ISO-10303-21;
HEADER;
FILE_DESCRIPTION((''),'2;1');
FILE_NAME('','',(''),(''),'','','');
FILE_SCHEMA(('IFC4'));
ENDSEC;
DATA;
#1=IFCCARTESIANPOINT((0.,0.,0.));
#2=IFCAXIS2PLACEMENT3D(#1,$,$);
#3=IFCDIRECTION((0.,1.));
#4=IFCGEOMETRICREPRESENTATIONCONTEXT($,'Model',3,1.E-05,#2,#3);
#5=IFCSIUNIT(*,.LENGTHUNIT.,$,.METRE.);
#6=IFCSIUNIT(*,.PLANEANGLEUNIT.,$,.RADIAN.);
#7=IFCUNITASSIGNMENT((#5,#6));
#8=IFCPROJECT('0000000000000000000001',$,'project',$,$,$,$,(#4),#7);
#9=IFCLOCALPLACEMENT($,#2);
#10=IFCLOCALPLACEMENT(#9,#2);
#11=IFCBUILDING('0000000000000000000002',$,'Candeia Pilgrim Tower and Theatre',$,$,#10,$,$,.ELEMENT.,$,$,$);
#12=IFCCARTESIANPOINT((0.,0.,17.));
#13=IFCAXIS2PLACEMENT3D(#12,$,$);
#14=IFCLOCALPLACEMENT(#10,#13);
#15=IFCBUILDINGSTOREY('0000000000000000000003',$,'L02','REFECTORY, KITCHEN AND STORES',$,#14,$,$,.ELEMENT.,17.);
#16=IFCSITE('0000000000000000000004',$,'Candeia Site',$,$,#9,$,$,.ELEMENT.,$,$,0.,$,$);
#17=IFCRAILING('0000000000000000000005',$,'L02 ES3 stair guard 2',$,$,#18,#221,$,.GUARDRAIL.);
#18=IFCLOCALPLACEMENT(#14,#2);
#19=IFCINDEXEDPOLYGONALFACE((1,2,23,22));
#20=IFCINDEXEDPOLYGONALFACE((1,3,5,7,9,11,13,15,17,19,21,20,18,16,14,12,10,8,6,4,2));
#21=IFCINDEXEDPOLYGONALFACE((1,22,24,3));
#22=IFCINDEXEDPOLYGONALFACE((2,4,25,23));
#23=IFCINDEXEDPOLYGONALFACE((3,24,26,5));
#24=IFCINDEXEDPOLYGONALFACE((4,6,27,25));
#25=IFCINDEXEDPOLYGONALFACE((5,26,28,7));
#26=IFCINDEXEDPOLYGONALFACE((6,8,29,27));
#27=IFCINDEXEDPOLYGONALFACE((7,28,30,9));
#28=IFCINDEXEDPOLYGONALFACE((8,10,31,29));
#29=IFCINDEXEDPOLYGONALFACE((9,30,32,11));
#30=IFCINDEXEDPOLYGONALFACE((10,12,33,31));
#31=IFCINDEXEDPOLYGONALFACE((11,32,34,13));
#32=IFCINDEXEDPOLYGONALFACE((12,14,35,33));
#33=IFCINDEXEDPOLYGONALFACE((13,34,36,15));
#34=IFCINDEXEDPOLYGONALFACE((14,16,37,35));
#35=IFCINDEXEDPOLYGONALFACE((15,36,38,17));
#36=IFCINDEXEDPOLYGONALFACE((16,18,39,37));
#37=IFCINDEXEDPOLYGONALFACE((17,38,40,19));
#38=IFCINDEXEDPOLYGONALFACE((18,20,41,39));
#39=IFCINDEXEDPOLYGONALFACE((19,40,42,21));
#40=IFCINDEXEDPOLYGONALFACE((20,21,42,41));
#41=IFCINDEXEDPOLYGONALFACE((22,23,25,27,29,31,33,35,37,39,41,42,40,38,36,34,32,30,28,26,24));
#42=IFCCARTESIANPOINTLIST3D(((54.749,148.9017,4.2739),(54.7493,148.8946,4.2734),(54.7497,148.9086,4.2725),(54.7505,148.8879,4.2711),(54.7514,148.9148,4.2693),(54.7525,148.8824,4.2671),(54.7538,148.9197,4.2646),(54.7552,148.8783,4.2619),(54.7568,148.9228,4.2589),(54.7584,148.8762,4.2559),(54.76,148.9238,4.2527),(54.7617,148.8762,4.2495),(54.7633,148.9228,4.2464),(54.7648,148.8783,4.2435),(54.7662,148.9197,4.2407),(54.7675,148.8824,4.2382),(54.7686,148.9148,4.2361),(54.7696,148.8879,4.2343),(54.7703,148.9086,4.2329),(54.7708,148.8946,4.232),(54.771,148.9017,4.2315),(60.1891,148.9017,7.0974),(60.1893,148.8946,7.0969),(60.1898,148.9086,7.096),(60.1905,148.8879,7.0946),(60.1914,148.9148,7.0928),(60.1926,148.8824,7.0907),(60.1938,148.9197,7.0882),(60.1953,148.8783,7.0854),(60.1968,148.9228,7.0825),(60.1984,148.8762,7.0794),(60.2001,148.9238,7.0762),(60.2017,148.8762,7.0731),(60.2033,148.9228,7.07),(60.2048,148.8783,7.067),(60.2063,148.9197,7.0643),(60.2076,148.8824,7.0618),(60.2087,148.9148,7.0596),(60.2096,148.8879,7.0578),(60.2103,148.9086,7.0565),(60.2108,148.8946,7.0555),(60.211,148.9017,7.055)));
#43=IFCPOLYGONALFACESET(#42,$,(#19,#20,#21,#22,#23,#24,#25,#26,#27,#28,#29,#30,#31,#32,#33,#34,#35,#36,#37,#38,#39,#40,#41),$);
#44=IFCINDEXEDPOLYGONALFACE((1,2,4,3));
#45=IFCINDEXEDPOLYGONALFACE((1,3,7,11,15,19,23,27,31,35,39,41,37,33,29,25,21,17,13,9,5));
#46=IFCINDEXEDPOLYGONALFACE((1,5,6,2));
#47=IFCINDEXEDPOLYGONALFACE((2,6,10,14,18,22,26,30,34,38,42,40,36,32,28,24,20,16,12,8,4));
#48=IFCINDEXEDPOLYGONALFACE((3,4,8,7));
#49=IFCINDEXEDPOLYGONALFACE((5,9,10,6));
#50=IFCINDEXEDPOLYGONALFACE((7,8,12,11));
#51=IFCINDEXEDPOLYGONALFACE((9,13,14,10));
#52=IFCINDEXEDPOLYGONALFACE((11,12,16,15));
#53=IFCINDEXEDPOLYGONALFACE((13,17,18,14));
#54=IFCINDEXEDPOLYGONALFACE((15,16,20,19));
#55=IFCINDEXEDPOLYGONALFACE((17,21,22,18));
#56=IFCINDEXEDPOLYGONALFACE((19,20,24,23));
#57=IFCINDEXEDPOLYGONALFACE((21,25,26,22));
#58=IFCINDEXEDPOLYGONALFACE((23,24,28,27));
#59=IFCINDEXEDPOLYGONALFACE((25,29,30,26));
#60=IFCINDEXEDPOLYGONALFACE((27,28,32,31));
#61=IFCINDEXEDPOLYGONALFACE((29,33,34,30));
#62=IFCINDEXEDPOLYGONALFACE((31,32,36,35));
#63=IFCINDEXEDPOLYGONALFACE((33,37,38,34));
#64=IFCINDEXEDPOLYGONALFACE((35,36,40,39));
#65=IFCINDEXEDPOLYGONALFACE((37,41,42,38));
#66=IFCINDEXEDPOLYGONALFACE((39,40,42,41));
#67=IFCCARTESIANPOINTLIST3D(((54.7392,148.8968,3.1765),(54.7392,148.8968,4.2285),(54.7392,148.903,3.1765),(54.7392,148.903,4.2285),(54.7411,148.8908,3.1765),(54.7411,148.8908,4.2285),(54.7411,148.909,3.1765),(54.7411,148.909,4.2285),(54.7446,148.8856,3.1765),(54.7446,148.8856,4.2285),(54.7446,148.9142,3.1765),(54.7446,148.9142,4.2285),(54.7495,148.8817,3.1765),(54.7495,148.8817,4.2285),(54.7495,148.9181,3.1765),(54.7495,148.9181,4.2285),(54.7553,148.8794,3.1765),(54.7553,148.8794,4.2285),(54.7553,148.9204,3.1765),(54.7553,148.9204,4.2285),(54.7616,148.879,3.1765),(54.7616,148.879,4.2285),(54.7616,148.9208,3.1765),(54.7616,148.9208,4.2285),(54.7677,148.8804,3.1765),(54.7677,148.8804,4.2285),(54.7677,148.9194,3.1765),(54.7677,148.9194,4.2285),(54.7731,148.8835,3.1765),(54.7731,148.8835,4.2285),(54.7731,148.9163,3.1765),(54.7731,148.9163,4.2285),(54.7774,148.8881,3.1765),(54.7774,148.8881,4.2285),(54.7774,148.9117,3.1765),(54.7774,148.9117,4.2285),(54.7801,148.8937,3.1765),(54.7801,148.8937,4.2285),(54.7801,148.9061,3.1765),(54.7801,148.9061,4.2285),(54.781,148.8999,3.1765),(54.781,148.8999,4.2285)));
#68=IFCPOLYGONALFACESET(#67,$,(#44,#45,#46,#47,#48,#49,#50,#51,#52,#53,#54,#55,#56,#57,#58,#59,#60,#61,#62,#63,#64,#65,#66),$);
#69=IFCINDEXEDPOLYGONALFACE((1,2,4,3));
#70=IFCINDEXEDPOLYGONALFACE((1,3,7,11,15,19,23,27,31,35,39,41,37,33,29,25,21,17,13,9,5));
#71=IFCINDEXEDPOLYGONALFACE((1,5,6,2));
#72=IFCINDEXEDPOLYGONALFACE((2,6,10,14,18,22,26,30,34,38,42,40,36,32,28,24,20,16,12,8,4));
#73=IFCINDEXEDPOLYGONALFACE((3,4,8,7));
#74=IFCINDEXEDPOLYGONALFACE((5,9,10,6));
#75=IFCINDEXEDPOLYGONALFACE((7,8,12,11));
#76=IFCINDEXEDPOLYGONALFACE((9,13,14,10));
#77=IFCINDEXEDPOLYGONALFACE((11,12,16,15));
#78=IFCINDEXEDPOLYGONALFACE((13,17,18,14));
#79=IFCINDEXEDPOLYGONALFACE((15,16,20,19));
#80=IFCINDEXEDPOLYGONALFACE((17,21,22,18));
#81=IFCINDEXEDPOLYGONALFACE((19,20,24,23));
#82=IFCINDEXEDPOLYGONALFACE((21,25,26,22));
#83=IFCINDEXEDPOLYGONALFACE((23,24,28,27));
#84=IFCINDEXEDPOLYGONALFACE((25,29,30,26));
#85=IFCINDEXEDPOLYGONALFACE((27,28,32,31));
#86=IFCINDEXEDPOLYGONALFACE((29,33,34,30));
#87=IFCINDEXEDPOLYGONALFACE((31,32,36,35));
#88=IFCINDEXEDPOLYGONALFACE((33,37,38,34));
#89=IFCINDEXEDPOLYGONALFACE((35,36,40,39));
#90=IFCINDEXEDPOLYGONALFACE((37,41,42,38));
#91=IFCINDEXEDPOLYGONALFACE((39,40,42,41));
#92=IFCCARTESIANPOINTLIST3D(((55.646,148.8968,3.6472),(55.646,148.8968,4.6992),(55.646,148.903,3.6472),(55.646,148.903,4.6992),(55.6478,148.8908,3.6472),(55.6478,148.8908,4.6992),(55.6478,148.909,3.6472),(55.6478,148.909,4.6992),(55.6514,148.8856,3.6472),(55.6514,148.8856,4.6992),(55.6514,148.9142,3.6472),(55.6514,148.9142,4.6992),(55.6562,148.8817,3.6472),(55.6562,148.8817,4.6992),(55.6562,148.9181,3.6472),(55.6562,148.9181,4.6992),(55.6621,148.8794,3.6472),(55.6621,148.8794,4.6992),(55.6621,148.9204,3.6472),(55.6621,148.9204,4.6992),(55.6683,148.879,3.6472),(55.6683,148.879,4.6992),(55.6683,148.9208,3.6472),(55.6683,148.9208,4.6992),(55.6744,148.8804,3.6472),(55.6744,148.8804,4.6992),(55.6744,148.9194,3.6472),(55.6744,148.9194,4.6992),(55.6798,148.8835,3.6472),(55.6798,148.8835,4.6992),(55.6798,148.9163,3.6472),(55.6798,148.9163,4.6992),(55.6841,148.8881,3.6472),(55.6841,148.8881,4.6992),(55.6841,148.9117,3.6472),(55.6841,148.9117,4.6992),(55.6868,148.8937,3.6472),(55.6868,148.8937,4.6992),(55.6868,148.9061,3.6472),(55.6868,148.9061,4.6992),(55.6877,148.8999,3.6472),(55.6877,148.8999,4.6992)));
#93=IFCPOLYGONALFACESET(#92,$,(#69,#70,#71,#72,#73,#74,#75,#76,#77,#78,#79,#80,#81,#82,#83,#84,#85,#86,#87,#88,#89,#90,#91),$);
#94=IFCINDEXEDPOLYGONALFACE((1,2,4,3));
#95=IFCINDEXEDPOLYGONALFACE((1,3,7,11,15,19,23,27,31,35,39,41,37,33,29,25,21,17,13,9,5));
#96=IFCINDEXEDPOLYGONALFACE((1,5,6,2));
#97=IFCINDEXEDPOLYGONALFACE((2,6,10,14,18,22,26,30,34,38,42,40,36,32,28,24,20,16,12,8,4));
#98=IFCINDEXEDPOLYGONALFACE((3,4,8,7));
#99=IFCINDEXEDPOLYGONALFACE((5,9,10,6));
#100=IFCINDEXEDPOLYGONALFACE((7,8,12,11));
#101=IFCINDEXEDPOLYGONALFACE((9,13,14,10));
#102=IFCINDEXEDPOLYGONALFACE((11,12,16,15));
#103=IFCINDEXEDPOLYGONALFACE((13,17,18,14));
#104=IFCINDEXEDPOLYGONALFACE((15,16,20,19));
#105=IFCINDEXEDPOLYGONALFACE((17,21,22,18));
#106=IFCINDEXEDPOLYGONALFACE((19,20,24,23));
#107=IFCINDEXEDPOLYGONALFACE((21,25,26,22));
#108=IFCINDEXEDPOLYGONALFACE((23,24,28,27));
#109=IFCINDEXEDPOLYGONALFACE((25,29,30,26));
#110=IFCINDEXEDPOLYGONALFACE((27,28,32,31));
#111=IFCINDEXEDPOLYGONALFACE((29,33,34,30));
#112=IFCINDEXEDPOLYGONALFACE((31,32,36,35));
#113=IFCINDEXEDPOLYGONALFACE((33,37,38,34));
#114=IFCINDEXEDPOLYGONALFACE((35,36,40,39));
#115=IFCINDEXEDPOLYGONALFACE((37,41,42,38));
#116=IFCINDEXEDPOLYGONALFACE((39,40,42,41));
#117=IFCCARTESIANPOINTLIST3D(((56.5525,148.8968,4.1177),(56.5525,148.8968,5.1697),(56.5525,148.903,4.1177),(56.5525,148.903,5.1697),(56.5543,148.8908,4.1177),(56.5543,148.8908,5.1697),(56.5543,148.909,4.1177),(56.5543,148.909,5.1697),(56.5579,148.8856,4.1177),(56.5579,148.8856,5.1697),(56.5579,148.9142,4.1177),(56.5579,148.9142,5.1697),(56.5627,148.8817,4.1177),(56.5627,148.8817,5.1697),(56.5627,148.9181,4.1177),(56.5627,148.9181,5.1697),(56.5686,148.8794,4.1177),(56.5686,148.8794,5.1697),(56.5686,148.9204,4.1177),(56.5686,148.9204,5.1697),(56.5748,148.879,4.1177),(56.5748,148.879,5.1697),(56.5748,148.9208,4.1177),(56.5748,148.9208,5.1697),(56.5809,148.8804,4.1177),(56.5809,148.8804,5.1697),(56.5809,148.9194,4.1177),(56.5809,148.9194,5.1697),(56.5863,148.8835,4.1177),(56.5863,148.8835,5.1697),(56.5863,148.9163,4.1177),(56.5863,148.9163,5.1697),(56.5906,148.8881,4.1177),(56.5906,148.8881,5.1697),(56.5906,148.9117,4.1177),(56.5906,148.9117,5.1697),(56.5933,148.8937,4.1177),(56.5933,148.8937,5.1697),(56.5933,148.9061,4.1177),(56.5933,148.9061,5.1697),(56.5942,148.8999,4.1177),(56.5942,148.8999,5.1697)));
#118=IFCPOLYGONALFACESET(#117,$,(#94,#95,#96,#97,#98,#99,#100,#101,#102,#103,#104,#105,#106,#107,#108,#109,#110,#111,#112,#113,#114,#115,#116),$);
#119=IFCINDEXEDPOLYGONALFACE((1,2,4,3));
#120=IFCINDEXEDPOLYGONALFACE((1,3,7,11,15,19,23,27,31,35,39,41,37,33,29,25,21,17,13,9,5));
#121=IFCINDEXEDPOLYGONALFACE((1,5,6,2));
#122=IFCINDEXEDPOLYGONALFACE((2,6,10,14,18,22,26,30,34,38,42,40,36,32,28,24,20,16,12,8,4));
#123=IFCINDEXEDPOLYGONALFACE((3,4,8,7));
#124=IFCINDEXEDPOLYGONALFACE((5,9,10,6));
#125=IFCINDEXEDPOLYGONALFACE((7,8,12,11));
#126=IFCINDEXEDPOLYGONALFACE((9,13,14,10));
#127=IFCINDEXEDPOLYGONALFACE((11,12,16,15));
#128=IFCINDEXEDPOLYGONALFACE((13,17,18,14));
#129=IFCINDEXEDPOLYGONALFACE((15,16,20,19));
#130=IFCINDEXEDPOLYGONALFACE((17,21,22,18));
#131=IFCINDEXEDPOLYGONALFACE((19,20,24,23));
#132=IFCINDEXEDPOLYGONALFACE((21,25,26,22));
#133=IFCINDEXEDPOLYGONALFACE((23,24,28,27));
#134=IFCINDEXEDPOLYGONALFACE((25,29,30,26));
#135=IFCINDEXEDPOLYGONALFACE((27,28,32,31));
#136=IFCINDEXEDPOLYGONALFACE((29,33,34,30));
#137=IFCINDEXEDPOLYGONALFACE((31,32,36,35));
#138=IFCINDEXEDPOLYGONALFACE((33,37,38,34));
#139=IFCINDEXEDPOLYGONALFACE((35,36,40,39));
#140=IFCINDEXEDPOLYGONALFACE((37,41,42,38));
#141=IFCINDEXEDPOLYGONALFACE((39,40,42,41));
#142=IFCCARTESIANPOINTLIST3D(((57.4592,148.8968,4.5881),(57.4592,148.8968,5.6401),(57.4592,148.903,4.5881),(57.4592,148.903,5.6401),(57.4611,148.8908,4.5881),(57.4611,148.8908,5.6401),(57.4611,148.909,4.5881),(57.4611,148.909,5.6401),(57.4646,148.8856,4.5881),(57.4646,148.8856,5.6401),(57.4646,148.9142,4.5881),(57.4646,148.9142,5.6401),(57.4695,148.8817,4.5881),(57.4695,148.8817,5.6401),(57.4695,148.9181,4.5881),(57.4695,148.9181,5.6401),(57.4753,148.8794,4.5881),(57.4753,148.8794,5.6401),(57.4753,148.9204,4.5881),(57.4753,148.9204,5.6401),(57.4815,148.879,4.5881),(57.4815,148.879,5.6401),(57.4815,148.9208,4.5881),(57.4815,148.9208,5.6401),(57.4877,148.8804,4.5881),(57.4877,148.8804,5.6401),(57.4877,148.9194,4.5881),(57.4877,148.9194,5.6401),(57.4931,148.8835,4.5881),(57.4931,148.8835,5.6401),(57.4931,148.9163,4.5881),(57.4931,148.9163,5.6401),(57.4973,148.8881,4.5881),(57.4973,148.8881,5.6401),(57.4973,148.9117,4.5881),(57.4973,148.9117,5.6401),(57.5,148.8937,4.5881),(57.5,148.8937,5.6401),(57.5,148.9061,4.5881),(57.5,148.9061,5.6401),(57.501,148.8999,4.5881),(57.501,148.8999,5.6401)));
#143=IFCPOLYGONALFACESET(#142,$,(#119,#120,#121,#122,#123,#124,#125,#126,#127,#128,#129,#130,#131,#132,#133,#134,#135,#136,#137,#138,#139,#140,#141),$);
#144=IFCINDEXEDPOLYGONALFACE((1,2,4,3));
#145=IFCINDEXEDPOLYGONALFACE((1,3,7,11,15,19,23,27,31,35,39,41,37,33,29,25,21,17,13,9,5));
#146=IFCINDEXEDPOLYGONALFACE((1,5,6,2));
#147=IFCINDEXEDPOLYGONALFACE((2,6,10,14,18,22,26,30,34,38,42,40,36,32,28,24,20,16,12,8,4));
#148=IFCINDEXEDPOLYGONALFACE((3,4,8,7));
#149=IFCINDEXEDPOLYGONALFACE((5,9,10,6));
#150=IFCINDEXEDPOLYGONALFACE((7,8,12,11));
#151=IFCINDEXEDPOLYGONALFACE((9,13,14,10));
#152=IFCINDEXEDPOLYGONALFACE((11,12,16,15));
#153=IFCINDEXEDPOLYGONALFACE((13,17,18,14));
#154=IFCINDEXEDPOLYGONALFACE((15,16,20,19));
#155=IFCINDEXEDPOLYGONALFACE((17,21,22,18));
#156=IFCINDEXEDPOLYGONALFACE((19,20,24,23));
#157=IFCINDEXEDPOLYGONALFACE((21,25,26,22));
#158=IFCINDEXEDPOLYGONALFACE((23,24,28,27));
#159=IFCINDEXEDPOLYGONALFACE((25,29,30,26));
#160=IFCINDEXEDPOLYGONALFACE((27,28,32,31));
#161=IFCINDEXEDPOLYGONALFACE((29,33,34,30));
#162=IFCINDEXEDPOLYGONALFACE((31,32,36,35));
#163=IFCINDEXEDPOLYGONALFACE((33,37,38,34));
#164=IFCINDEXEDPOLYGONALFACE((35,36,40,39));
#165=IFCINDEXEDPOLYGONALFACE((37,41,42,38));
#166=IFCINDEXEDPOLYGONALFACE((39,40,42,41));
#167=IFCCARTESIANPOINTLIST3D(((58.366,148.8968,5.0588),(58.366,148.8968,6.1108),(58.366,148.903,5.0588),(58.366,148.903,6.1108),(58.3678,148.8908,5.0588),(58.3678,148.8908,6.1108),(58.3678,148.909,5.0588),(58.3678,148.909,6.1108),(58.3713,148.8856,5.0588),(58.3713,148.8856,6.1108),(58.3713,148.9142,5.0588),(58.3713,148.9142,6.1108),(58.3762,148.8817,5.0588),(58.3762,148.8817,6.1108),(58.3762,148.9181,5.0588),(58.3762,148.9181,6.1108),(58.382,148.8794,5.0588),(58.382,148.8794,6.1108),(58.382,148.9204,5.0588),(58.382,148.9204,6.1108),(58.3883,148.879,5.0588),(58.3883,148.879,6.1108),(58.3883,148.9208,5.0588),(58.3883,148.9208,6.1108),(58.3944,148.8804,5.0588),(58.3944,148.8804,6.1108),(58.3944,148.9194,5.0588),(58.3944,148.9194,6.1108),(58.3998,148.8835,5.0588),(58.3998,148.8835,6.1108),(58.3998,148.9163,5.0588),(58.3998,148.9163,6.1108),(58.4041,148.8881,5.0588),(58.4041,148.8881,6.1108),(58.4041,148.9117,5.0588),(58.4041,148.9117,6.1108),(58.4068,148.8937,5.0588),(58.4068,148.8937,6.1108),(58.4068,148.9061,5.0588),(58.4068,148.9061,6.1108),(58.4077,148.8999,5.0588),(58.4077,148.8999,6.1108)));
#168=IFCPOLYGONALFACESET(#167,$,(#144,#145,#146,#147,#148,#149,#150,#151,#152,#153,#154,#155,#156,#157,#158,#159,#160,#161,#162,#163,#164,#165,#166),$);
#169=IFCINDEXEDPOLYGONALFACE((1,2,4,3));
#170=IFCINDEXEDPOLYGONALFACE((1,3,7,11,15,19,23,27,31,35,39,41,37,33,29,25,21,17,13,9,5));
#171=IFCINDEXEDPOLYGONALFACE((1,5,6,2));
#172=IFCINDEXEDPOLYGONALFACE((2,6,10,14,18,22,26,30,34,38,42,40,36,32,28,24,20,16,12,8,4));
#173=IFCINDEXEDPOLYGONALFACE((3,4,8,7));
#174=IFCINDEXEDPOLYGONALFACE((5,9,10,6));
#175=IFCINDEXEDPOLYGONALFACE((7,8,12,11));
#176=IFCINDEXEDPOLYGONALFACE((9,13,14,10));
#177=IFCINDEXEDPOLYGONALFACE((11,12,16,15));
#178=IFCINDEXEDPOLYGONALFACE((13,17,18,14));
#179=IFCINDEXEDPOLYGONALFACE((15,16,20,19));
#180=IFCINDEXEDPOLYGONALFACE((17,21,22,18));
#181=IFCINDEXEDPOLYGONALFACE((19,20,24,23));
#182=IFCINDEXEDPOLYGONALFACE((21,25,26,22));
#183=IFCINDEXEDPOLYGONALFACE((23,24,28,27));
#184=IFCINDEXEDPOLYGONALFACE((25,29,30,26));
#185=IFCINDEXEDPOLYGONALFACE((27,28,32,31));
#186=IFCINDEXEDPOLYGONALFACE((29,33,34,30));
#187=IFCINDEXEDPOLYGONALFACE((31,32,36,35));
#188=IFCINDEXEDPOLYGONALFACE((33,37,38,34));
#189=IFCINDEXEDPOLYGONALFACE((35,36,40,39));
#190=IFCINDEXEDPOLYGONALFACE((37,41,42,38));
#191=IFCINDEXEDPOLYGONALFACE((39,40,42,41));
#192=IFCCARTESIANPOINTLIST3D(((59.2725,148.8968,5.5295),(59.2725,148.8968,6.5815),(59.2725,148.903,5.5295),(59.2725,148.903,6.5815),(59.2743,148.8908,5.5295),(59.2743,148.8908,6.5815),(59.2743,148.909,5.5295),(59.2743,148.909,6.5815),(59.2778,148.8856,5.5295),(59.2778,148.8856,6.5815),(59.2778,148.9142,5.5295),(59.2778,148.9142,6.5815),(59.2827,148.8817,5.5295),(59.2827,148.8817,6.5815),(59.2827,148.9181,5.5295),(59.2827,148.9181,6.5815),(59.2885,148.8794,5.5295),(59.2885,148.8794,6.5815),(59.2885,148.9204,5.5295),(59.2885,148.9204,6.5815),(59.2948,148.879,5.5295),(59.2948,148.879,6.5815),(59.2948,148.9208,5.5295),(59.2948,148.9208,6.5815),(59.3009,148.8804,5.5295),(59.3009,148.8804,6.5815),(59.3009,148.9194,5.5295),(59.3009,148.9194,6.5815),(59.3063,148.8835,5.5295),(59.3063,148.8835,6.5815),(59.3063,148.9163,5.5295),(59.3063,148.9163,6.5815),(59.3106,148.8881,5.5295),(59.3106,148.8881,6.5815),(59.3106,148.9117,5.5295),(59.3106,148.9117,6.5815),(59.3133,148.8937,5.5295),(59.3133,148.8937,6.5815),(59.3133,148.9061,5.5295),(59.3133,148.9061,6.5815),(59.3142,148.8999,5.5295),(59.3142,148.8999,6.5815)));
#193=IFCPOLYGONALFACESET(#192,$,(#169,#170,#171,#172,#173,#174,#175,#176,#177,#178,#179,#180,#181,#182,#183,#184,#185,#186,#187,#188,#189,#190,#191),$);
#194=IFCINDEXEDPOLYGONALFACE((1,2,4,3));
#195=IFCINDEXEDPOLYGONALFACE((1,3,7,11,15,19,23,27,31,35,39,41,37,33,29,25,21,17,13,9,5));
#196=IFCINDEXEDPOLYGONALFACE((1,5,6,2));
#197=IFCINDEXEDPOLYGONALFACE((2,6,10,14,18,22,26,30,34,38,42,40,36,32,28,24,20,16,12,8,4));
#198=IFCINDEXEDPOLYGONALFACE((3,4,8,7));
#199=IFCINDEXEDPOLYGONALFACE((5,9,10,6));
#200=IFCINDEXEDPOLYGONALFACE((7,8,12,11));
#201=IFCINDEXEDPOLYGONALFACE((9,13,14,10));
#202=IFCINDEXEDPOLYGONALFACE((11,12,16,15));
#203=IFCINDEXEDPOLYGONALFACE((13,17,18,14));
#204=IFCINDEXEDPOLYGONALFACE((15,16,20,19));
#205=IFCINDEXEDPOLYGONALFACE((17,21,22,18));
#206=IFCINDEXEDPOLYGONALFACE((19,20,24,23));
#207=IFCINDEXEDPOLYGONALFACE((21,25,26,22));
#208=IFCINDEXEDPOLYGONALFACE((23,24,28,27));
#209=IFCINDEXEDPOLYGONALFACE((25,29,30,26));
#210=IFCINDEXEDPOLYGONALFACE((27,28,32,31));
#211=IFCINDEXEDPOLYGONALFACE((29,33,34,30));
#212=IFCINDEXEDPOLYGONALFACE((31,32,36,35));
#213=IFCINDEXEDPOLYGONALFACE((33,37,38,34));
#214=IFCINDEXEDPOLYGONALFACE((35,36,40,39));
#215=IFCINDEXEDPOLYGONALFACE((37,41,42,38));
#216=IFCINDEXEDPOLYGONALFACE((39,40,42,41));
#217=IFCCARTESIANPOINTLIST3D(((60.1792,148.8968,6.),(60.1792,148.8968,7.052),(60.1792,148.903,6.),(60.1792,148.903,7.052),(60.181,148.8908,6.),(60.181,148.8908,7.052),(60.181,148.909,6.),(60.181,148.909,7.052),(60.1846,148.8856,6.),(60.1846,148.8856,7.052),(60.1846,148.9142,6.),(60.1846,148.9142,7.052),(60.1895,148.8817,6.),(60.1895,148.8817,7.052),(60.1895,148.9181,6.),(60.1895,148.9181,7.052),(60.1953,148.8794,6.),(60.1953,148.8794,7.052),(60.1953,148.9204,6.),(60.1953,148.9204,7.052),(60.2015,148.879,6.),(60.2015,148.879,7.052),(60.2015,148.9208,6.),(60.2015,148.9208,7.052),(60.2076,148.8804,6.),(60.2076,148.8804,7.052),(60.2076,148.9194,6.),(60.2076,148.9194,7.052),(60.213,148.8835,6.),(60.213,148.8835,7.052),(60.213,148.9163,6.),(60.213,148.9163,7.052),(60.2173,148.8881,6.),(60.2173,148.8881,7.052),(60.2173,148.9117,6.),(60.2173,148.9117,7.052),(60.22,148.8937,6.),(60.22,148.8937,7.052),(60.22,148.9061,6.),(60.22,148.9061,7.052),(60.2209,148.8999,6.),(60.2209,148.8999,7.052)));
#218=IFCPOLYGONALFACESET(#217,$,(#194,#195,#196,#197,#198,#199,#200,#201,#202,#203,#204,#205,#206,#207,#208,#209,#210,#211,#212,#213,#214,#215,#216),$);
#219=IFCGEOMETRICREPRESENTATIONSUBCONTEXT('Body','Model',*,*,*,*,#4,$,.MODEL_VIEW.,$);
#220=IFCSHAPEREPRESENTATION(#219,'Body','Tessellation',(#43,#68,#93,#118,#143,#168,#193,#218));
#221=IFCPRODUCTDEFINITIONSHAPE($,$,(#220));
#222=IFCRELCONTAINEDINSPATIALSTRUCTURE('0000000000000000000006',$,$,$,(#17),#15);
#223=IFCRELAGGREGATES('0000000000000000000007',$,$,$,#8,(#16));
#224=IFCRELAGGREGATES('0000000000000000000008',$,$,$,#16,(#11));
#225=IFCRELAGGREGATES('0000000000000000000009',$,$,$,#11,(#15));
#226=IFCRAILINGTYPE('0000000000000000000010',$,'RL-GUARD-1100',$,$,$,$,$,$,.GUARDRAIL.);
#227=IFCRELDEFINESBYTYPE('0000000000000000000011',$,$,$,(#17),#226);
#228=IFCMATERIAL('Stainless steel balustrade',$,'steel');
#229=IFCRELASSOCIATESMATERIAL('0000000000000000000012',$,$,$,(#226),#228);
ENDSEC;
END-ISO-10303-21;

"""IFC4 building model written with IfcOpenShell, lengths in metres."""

from ifc_helpers import new_model, si_unit, direction, frame, origin, origin_2d, place, context, subcontext, project, spatial, circle, extrude, material, type_object, element, save


model = new_model("IFC4")

# Units and contexts
model_context = context("Model", 3, precision=1e-05, world=origin(), true_north=direction((0.0, 1.0)))
body_context = subcontext(model_context, "Body", "Model", "MODEL_VIEW")
ifc_project = project(units=[si_unit("LENGTHUNIT", "METRE"), si_unit("PLANEANGLEUNIT", "RADIAN")], contexts=[model_context])

# Site, building, storey
site_placement = place(None, origin())
site = spatial("IfcSite", under=ifc_project, at=site_placement, Name="Candeia Site", CompositionType="ELEMENT", RefElevation=0.0)
building_placement = place(site_placement, origin())
building = spatial("IfcBuilding", under=site, at=building_placement, Name="Candeia Pilgrim Tower and Theatre", CompositionType="ELEMENT")
storey_placement = place(building_placement, frame((0.0, 0.0, 17.0)))
storey = spatial("IfcBuildingStorey", under=building, at=storey_placement, Name="L02", Description="REFECTORY, KITCHEN AND STORES", CompositionType="ELEMENT", Elevation=17.0)

# Railing
ifc_material_1 = material(Name="Stainless steel balustrade", Category="steel")
railing_type_1 = type_object("IfcRailingType", Name="RL-GUARD-1100", PredefinedType="GUARDRAIL", material=ifc_material_1)
railing_1_placement = place(storey_placement, frame((54.76, 148.8999, 3.1765)))
element("IfcRailing", 1, at=railing_1_placement, inside=storey, type_object=railing_type_1, Name="L02 ES3 stair guard 2", PredefinedType="GUARDRAIL", context=body_context, shape_type="SweptSolid", body=[
    extrude(circle(Radius=0.0239, at=origin_2d()), frame((0.0, 0.0, 1.0762), z_axis=(0.887569, 0.0, 0.460674), x_axis=(0.0, 1.0, 0.0)), (0.0, 0.0, 1.0), 6.1292),
    extrude(circle(Radius=0.021, at=origin_2d()), origin(), (0.0, 0.0, 1.0), 1.052),
    extrude(circle(Radius=0.021, at=origin_2d()), frame((0.9067, 0.0, 0.4707)), (0.0, 0.0, 1.0), 1.052),
    extrude(circle(Radius=0.021, at=origin_2d()), frame((1.8132, 0.0, 0.9412)), (0.0, 0.0, 1.0), 1.052),
    extrude(circle(Radius=0.021, at=origin_2d()), frame((2.72, 0.0, 1.4116)), (0.0, 0.0, 1.0), 1.052),
    extrude(circle(Radius=0.021, at=origin_2d()), frame((3.6267, 0.0, 1.8823)), (0.0, 0.0, 1.0), 1.052),
    extrude(circle(Radius=0.021, at=origin_2d()), frame((4.5332, 0.0, 2.353)), (0.0, 0.0, 1.0), 1.052),
    extrude(circle(Radius=0.021, at=origin_2d()), frame((5.4399, 0.0, 2.8235)), (0.0, 0.0, 1.0), 1.052),
])

save(model, "model.ifc")
